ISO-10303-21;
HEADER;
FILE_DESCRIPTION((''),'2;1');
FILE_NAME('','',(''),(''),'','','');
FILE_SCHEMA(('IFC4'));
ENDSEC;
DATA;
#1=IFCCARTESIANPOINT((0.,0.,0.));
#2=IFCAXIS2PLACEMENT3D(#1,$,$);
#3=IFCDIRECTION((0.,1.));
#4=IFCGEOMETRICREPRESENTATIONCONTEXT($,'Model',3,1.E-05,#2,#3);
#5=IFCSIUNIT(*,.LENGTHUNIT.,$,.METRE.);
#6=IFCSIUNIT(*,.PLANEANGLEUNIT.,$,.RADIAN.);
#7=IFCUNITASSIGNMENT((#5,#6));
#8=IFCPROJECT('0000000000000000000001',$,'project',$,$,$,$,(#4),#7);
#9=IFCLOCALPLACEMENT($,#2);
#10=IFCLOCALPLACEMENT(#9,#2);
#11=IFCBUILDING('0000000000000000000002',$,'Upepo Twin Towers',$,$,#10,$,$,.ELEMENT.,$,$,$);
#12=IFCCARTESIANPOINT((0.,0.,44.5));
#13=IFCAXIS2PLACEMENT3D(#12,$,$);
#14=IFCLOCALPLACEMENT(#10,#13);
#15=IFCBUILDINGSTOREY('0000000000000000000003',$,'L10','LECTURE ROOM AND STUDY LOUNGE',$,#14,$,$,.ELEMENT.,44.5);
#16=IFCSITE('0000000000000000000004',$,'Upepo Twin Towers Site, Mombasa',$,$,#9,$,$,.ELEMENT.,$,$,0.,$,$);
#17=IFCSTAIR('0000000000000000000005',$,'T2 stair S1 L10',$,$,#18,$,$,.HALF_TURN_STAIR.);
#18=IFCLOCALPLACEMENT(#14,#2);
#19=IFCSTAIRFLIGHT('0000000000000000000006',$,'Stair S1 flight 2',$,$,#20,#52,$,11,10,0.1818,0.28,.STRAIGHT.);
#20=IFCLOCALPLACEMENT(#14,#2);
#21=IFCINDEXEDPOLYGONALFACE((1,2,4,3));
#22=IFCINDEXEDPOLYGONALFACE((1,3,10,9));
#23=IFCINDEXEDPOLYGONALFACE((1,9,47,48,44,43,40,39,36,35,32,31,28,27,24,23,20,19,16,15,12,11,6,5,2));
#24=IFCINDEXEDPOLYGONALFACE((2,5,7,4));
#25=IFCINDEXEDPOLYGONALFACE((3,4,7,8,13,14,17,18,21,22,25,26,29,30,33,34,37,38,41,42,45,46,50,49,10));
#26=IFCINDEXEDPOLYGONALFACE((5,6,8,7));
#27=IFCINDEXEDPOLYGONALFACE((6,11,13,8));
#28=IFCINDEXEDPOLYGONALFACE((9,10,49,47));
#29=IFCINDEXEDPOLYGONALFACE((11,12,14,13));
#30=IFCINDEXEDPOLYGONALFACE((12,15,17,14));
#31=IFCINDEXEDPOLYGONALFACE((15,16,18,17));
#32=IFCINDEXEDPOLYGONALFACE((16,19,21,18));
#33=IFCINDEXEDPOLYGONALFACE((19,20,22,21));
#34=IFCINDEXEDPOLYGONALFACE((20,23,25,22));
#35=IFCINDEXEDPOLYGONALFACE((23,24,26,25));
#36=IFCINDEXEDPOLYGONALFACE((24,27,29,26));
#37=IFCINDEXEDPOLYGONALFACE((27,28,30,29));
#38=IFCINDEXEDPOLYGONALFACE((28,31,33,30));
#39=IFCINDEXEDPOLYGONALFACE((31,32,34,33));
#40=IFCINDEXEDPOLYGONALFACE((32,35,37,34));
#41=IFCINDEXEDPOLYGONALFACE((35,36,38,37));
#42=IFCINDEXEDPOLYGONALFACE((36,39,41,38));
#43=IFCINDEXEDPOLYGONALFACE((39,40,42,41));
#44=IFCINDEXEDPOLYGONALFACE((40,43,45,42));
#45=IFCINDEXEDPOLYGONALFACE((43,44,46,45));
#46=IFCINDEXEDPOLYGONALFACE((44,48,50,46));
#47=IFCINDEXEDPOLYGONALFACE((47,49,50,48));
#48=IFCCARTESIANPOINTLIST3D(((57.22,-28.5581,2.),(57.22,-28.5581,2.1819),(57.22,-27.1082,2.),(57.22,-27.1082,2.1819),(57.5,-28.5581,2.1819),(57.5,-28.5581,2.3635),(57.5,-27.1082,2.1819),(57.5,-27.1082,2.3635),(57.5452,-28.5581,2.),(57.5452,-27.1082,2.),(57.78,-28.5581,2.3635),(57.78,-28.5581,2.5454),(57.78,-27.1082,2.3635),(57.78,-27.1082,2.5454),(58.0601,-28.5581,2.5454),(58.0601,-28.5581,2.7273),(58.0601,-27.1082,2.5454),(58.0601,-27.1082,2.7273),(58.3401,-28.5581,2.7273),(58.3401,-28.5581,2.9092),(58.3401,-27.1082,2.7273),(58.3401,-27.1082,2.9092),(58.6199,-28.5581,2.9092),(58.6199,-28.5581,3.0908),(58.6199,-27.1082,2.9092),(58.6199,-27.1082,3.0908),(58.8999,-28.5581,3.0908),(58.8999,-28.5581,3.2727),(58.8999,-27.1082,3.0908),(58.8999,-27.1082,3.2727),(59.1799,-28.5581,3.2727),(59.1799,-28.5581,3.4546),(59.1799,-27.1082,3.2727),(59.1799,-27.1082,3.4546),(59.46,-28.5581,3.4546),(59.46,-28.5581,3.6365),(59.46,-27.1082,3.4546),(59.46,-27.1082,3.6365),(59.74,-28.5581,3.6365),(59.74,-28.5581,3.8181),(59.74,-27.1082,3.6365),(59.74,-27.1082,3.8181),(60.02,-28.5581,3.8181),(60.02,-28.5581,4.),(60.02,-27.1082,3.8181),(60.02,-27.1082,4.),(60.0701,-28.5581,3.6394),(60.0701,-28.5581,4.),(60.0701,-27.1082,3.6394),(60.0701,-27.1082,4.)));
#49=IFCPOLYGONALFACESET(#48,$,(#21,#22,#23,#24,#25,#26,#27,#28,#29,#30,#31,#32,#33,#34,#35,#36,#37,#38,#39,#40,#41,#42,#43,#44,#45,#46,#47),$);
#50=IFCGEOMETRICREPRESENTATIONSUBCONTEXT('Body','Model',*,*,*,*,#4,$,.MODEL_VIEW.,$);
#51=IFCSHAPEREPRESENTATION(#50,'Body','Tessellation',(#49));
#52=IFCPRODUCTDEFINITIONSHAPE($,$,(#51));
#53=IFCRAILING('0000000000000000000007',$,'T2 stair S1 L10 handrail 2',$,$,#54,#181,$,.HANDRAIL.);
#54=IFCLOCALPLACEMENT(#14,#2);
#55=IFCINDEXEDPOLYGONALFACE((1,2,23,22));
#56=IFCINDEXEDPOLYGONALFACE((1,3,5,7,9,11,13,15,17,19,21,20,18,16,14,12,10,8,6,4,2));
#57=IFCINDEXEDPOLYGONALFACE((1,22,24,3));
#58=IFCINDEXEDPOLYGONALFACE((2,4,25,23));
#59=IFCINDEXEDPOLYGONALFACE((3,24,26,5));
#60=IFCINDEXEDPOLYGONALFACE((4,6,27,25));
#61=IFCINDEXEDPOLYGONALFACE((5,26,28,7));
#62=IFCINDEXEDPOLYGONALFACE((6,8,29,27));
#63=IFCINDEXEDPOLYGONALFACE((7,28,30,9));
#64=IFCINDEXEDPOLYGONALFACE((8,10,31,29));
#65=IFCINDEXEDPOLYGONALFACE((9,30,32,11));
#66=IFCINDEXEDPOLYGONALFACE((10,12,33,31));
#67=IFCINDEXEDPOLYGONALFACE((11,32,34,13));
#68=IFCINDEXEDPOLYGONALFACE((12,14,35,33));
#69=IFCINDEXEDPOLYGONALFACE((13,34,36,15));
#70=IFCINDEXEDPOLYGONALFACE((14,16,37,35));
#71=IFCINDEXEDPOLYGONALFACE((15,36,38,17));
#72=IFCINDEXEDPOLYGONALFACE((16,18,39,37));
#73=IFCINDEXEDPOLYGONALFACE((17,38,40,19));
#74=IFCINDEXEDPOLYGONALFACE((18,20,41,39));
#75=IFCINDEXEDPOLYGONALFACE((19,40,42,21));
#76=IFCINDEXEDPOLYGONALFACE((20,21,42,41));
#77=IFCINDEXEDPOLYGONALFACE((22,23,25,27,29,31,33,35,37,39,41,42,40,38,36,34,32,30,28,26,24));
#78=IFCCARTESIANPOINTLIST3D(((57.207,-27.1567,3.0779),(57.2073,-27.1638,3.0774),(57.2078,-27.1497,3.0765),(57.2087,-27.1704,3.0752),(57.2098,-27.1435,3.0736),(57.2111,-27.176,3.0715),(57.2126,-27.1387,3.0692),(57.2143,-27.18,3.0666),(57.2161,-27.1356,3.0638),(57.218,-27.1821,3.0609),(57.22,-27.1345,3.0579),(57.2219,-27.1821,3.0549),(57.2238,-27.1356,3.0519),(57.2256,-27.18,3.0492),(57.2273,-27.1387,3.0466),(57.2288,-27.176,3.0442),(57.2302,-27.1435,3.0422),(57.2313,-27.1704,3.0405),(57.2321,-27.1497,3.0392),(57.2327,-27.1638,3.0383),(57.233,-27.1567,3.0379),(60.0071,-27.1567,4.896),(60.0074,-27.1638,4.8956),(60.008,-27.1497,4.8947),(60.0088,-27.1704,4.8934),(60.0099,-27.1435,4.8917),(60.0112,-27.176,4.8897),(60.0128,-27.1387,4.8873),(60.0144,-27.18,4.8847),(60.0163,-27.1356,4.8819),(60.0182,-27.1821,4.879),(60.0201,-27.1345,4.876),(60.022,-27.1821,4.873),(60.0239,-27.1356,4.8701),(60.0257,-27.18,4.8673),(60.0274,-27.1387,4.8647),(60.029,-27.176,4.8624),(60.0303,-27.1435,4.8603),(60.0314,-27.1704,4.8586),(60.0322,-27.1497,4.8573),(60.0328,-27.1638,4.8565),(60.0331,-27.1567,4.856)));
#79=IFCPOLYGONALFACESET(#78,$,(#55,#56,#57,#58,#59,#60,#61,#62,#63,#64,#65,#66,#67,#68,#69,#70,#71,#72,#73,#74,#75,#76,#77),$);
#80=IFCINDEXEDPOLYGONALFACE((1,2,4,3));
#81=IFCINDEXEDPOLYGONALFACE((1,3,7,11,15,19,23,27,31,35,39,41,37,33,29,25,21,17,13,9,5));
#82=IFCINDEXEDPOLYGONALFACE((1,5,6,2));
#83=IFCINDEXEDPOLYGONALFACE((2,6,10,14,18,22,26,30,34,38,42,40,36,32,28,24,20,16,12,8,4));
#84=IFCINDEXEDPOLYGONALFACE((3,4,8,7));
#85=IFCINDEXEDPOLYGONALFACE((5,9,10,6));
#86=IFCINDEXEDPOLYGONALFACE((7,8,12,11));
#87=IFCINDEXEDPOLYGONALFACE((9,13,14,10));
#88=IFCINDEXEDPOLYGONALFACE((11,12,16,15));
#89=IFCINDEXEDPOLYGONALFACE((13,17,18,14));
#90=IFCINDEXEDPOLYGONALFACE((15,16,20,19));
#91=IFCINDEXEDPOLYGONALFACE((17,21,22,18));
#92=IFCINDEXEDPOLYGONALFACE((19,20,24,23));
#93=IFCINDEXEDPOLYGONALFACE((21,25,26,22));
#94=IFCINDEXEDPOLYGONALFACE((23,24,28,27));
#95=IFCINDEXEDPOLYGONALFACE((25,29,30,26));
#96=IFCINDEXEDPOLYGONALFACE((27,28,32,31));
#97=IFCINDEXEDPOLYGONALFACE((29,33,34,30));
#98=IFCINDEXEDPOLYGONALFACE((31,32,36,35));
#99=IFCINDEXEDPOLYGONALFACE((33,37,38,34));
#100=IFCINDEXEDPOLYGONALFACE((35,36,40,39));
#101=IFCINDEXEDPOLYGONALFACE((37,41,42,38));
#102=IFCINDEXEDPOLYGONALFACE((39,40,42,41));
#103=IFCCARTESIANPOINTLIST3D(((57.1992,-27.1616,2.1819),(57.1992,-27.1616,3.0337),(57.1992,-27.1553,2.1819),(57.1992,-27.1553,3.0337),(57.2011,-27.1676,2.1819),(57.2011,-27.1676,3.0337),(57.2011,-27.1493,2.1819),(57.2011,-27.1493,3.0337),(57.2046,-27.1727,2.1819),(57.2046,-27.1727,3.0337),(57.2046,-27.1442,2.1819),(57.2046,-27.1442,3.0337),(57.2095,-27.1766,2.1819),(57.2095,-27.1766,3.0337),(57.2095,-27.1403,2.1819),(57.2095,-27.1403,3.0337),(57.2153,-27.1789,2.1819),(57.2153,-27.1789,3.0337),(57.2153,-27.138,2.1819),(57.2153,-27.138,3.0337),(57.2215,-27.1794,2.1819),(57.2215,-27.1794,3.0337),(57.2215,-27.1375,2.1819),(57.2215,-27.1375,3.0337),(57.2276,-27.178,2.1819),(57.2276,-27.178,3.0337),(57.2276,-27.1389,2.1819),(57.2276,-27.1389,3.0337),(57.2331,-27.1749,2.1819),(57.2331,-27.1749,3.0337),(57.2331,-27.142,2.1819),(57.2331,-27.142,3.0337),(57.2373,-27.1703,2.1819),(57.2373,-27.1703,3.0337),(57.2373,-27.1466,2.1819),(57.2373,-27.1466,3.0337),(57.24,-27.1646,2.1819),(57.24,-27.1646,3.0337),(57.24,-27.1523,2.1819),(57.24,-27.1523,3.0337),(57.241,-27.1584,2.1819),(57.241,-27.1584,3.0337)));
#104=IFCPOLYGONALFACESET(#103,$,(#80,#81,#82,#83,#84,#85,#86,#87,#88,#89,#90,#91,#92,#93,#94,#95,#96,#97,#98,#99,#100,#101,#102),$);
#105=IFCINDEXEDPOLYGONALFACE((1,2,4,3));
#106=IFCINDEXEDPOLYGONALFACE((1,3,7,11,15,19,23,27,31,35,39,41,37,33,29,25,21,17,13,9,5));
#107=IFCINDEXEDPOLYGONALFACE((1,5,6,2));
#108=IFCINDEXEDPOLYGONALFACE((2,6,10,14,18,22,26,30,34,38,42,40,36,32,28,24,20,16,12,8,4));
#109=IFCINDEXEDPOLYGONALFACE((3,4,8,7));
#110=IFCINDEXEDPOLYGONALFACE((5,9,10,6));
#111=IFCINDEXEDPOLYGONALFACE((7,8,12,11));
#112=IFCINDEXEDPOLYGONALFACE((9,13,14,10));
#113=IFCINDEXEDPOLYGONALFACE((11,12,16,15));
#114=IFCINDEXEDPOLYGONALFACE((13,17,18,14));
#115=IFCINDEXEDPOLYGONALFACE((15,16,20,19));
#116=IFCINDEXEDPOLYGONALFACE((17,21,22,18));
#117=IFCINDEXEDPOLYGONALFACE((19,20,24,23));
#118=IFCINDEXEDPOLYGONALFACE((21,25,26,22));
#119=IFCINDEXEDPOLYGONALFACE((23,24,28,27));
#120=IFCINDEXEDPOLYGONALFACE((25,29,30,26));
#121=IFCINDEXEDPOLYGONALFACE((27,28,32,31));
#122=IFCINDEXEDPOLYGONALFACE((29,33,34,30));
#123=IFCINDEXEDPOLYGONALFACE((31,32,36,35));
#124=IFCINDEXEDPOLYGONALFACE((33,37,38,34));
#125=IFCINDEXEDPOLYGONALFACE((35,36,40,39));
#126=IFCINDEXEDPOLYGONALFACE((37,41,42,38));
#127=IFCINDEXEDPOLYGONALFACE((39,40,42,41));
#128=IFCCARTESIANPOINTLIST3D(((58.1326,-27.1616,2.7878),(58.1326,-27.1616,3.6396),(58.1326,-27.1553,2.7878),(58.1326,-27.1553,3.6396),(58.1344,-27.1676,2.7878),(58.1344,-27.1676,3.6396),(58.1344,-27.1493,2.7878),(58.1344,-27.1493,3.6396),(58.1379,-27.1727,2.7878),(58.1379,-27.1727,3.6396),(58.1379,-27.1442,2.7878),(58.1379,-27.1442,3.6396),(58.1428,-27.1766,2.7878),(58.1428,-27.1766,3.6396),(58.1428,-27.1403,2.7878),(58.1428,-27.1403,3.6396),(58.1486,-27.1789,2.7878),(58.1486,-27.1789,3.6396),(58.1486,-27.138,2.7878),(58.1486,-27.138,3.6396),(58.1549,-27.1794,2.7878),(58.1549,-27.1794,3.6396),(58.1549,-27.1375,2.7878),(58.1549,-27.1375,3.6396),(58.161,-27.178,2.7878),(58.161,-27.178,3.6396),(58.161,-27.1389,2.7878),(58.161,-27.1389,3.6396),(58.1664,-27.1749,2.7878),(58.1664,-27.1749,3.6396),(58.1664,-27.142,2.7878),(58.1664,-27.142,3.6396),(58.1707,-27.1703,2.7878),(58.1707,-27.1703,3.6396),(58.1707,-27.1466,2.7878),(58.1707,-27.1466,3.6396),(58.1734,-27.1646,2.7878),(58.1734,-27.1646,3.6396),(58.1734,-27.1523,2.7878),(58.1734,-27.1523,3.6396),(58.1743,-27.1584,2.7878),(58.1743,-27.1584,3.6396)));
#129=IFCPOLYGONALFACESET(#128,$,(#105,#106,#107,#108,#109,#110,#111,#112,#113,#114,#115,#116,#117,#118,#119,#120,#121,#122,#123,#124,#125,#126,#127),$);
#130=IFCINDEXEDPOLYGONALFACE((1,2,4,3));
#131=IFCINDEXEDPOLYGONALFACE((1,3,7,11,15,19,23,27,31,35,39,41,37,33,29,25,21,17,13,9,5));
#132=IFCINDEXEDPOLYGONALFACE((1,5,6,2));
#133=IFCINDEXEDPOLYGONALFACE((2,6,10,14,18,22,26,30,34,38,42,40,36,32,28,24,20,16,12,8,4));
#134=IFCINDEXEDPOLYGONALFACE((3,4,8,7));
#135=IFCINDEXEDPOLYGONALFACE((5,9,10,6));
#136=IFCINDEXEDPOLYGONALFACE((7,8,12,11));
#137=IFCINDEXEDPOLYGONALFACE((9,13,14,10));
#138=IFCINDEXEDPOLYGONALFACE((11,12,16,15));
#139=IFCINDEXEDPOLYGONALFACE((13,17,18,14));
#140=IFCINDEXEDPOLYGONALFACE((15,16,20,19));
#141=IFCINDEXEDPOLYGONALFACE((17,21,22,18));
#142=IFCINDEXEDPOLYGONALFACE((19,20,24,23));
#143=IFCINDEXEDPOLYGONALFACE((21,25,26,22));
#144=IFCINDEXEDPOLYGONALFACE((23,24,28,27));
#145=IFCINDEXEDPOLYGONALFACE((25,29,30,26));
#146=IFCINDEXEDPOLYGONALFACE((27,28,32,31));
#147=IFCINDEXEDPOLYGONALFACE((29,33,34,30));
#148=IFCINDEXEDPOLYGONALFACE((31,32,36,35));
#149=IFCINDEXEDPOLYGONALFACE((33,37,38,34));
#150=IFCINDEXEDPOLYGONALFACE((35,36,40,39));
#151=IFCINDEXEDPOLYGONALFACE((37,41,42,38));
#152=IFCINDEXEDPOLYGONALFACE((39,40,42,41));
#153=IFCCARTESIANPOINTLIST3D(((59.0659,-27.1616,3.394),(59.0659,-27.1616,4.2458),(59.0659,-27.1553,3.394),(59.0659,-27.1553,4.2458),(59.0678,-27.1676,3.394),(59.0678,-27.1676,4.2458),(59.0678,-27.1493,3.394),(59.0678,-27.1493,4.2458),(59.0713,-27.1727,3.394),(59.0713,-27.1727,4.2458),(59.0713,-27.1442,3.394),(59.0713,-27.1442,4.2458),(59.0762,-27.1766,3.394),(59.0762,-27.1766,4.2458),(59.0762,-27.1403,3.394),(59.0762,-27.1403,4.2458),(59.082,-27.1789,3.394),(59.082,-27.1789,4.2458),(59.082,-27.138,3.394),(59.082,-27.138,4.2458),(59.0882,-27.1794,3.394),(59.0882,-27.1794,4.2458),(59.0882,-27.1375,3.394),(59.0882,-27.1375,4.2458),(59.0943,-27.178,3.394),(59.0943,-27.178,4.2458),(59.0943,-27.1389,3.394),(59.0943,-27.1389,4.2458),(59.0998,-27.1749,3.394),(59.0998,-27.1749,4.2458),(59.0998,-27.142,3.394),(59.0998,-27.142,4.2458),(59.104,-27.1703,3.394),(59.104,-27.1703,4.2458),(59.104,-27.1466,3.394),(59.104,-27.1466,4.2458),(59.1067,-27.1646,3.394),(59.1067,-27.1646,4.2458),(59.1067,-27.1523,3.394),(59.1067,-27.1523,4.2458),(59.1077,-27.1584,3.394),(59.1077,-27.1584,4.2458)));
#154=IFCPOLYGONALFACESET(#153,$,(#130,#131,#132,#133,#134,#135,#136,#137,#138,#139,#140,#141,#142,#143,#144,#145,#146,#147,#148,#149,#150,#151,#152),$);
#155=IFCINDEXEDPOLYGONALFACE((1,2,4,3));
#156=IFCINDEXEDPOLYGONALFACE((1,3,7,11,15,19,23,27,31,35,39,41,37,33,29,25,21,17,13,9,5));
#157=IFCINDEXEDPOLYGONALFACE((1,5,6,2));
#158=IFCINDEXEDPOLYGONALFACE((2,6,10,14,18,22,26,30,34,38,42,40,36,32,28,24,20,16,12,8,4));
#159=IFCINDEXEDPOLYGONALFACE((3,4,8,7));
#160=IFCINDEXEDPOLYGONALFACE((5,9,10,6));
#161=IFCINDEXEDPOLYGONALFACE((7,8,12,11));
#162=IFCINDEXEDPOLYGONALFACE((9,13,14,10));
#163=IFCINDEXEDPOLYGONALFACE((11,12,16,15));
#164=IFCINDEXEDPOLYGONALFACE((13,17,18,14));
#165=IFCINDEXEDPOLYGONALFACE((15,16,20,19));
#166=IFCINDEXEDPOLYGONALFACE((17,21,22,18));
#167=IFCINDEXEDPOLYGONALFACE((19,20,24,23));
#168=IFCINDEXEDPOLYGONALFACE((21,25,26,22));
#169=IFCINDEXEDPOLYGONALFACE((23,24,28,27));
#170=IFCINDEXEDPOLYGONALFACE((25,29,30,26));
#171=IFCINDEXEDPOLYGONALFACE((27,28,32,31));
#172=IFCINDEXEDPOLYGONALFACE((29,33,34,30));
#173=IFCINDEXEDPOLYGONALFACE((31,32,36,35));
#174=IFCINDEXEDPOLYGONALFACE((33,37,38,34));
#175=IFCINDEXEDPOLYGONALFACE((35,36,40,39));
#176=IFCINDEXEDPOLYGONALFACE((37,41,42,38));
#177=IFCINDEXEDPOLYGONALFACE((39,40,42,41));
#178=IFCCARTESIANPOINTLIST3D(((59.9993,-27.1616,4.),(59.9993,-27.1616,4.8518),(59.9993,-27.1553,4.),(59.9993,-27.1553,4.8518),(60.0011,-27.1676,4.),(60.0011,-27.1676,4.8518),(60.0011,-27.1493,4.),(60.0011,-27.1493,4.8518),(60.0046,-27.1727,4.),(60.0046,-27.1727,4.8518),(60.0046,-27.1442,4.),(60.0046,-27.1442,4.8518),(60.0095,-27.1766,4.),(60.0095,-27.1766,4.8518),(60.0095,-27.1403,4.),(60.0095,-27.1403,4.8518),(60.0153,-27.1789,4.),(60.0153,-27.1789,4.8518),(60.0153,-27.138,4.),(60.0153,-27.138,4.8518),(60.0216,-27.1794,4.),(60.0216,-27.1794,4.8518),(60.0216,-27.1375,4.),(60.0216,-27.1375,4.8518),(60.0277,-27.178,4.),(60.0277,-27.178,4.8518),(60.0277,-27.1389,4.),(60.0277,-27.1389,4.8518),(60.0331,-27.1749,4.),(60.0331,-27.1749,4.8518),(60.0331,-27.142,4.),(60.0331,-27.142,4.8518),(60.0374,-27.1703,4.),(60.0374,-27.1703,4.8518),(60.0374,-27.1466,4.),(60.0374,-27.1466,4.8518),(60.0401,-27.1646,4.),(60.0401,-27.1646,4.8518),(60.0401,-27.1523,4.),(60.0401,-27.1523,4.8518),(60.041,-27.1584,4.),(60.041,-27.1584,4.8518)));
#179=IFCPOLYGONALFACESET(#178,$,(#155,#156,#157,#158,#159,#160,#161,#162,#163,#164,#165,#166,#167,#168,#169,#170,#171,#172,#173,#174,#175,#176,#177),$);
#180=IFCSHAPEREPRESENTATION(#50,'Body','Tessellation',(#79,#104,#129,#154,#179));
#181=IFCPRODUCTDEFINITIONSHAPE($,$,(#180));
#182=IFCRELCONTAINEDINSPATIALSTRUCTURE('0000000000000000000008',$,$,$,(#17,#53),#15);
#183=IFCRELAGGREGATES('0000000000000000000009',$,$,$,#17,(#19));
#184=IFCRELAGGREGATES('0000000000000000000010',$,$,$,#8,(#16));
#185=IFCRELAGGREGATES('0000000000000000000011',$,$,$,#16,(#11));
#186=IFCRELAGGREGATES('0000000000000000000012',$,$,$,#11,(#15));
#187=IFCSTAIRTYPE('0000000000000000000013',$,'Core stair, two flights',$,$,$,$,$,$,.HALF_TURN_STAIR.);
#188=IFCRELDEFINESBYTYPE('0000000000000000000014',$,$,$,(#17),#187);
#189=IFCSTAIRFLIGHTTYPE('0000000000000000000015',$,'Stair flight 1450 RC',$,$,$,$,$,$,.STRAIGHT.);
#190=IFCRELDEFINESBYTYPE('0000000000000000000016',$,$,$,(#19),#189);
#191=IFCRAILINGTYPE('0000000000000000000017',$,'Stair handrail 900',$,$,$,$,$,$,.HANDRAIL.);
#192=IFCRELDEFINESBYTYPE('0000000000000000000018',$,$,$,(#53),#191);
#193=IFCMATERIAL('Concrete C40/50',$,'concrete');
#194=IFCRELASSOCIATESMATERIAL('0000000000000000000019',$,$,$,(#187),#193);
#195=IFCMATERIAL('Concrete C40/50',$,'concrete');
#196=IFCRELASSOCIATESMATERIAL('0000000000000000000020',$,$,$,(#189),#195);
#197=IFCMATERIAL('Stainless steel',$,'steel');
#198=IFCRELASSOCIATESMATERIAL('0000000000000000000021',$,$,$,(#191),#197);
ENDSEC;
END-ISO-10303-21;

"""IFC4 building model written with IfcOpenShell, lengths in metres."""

from ifc_helpers import new_model, si_unit, direction, frame, origin, origin_2d, place, context, subcontext, project, spatial, polyline, circle, outline, extrude, material, type_object, element, aggregate, save


model = new_model("IFC4")

# Units and contexts
model_context = context("Model", 3, precision=1e-05, world=origin(), true_north=direction((0.0, 1.0)))
body_context = subcontext(model_context, "Body", "Model", "MODEL_VIEW")
ifc_project = project(units=[si_unit("LENGTHUNIT", "METRE"), si_unit("PLANEANGLEUNIT", "RADIAN")], contexts=[model_context])

# Site, building, storey
site_placement = place(None, origin())
site = spatial("IfcSite", under=ifc_project, at=site_placement, Name="Upepo Twin Towers Site, Mombasa", CompositionType="ELEMENT", RefElevation=0.0)
building_placement = place(site_placement, origin())
building = spatial("IfcBuilding", under=site, at=building_placement, Name="Upepo Twin Towers", CompositionType="ELEMENT")
storey_placement = place(building_placement, frame((0.0, 0.0, 44.5)))
storey = spatial("IfcBuildingStorey", under=building, at=storey_placement, Name="L10", Description="LECTURE ROOM AND STUDY LOUNGE", CompositionType="ELEMENT", Elevation=44.5)

# Stair, stair flight
ifc_material_1 = material(Name="Concrete C40/50", Category="concrete")
stair_type = type_object("IfcStairType", Name="Core stair, two flights", PredefinedType="HALF_TURN_STAIR", material=ifc_material_1)
stair_placement = place(storey_placement, origin())
stair = element("IfcStair", 1, at=stair_placement, inside=storey, type_object=stair_type, Name="T2 stair S1 L10", PredefinedType="HALF_TURN_STAIR")
ifc_material_2 = material(Name="Concrete C40/50", Category="concrete")
stair_flight_type = type_object("IfcStairFlightType", Name="Stair flight 1450 RC", PredefinedType="STRAIGHT", material=ifc_material_2)
stair_flight_placement = place(storey_placement, frame((57.22, -27.8333, 2.0), z_axis=(0.0, 0.0, 1.0), x_axis=(1.0, 0.0, 0.0)))
stair_flight = element("IfcStairFlight", 2, at=stair_flight_placement, type_object=stair_flight_type, Name="Stair S1 flight 2", NumberOfRisers=11, NumberOfTreads=10, PredefinedType="STRAIGHT", RiserHeight=0.1818, TreadLength=0.28, context=body_context, shape_type="SweptSolid", body=[
    extrude(outline(polyline([(0.0, 0.0), (0.0, 0.1819), (0.28, 0.1819), (0.28, 0.3635), (0.5601, 0.3635), (0.5601, 0.5454), (0.8401, 0.5454), (0.8401, 0.7273), (1.1201, 0.7273), (1.1201, 0.9092), (1.3999, 0.9092), (1.3999, 1.0908), (1.6799, 1.0908), (1.6799, 1.2727), (1.96, 1.2727), (1.96, 1.4546), (2.24, 1.4546), (2.24, 1.6365), (2.52, 1.6365), (2.52, 1.8181), (2.8, 1.8181), (2.8, 2.0), (2.8501, 2.0), (2.8501, 1.6394), (0.3252, 0.0), (0.0, 0.0)])), frame((0.0, 0.7251, 0.0), z_axis=(0.0, -1.0, 0.0), x_axis=(1.0, 0.0, 0.0)), (0.0, 0.0, 1.0), 1.45),
])
aggregate(stair, [stair_flight])

# Railing
ifc_material_3 = material(Name="Stainless steel", Category="steel")
railing_type = type_object("IfcRailingType", Name="Stair handrail 900", PredefinedType="HANDRAIL", material=ifc_material_3)
railing_placement = place(storey_placement, frame((57.22, -27.1584, 2.1819)))
element("IfcRailing", 3, at=railing_placement, inside=storey, type_object=railing_type, Name="T2 stair S1 L10 handrail 2", PredefinedType="HANDRAIL", context=body_context, shape_type="SweptSolid", body=[
    extrude(circle(Radius=0.0239, at=origin_2d()), frame((0.0, 0.0, 0.876), z_axis=(0.838706, 0.0, 0.544585), x_axis=(0.0, 1.0, 0.0)), (0.0, 0.0, 1.0), 3.3386),
    extrude(circle(Radius=0.021, at=origin_2d()), origin(), (0.0, 0.0, 1.0), 0.8518),
    extrude(circle(Radius=0.021, at=origin_2d()), frame((0.9333, 0.0, 0.606)), (0.0, 0.0, 1.0), 0.8518),
    extrude(circle(Radius=0.021, at=origin_2d()), frame((1.8667, 0.0, 1.2122)), (0.0, 0.0, 1.0), 0.8518),
    extrude(circle(Radius=0.021, at=origin_2d()), frame((2.8, 0.0, 1.8181)), (0.0, 0.0, 1.0), 0.8518),
])

save(model, "model.ifc")
